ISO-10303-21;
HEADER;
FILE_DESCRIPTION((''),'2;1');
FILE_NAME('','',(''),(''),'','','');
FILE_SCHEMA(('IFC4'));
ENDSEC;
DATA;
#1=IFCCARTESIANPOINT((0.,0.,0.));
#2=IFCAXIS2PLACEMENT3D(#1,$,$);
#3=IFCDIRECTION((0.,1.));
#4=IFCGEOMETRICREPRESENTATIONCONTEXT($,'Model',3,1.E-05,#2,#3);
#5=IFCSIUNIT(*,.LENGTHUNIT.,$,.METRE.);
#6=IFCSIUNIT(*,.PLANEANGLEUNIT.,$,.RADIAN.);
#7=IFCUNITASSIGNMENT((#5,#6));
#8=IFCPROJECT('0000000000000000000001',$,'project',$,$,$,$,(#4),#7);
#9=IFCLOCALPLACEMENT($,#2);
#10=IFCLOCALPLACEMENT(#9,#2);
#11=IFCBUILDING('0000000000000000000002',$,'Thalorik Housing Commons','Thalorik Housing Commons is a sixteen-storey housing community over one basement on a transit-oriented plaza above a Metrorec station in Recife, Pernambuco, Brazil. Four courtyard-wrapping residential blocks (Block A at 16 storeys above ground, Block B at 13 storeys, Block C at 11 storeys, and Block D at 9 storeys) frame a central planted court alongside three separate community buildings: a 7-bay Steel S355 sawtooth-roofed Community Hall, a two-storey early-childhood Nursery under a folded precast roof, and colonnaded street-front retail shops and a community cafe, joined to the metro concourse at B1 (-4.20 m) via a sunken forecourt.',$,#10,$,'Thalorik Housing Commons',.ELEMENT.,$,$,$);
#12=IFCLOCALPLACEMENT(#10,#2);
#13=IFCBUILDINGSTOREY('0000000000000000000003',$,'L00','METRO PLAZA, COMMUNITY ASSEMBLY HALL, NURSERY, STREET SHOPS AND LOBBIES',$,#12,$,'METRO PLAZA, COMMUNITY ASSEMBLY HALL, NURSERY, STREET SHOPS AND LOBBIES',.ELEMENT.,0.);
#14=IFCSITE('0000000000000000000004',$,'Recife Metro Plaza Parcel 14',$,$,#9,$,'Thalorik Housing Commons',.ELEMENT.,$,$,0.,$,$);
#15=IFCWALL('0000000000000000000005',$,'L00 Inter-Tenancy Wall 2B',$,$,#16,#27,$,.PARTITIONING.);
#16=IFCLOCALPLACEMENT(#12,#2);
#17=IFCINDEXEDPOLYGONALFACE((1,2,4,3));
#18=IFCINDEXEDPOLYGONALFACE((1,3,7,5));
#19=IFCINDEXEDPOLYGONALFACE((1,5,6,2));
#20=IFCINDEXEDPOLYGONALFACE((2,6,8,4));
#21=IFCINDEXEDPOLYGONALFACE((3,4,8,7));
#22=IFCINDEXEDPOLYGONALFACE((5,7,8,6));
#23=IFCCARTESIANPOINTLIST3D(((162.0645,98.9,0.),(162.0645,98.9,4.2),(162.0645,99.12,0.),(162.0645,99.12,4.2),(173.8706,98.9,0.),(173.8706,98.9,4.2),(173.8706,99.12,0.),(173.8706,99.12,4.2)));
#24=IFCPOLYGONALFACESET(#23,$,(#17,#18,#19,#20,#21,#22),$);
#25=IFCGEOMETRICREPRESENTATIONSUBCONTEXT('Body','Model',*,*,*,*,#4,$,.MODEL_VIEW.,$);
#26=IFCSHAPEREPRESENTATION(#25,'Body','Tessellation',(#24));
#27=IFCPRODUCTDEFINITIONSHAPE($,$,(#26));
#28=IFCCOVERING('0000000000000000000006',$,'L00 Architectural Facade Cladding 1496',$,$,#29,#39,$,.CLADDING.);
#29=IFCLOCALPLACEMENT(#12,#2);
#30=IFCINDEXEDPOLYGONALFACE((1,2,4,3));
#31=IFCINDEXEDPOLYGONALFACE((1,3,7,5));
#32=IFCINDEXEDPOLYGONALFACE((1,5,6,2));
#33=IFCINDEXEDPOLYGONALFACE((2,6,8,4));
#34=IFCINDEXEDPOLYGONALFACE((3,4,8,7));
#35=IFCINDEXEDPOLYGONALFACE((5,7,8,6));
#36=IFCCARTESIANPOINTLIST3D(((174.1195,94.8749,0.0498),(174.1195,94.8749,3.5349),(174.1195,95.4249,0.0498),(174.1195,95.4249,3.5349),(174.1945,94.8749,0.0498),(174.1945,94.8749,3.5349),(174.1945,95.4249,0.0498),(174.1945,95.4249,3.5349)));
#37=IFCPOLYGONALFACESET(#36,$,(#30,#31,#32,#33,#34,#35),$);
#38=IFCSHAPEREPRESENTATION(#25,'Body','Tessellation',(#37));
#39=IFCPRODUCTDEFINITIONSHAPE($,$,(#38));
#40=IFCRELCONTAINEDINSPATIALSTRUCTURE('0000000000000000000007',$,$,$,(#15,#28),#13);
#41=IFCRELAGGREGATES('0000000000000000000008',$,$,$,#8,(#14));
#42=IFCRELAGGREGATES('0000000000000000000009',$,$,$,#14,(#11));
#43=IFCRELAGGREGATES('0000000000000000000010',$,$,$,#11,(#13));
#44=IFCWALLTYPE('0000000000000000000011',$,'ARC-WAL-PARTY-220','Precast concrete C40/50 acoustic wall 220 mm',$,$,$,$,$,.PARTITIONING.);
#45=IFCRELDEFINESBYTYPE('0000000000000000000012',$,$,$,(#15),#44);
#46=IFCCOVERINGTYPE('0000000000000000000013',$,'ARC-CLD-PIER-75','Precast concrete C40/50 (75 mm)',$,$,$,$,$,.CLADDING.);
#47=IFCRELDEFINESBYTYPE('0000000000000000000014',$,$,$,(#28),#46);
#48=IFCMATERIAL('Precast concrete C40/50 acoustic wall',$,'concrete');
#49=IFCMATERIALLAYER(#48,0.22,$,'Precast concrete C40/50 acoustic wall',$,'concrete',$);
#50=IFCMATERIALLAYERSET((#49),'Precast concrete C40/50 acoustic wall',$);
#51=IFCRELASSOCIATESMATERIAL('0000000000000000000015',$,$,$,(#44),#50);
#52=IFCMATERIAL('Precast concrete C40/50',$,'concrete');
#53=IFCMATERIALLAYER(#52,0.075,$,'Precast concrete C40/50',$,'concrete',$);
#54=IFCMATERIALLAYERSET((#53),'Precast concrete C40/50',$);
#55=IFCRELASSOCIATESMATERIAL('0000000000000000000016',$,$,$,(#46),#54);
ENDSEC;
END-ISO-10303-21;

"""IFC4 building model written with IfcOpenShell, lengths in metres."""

from ifc_helpers import new_model, si_unit, direction, frame, frame_2d, origin, origin_2d, place, context, subcontext, project, spatial, rectangle, extrude, material, layer, layer_set, type_object, element, save


model = new_model("IFC4")

# Units and contexts
model_context = context("Model", 3, precision=1e-05, world=origin(), true_north=direction((0.0, 1.0)))
body_context = subcontext(model_context, "Body", "Model", "MODEL_VIEW")
ifc_project = project(units=[si_unit("LENGTHUNIT", "METRE"), si_unit("PLANEANGLEUNIT", "RADIAN")], contexts=[model_context])

# Site, building, storey
site_placement = place(None, origin())
site = spatial("IfcSite", under=ifc_project, at=site_placement, Name="Recife Metro Plaza Parcel 14", LongName="Thalorik Housing Commons", CompositionType="ELEMENT", RefElevation=0.0)
building_placement = place(site_placement, origin())
building = spatial("IfcBuilding", under=site, at=building_placement, Name="Thalorik Housing Commons", Description="Thalorik Housing Commons is a sixteen-storey housing community over one basement on a transit-oriented plaza above a Metrorec station in Recife, Pernambuco, Brazil. Four courtyard-wrapping residential blocks (Block A at 16 storeys above ground, Block B at 13 storeys, Block C at 11 storeys, and Block D at 9 storeys) frame a central planted court alongside three separate community buildings: a 7-bay Steel S355 sawtooth-roofed Community Hall, a two-storey early-childhood Nursery under a folded precast roof, and colonnaded street-front retail shops and a community cafe, joined to the metro concourse at B1 (-4.20 m) via a sunken forecourt.", LongName="Thalorik Housing Commons", CompositionType="ELEMENT")
storey_placement = place(building_placement, origin())
storey = spatial("IfcBuildingStorey", under=building, at=storey_placement, Name="L00", Description="METRO PLAZA, COMMUNITY ASSEMBLY HALL, NURSERY, STREET SHOPS AND LOBBIES", LongName="METRO PLAZA, COMMUNITY ASSEMBLY HALL, NURSERY, STREET SHOPS AND LOBBIES", CompositionType="ELEMENT", Elevation=0.0)

# Shared definitions
ifc_material_1 = material(Name="Precast concrete C40/50", Category="concrete")

# Wall
ifc_material_2 = material(Name="Precast concrete C40/50 acoustic wall", Category="concrete")
ifc_layer_1 = layer(ifc_material_2, 0.22, Name="Precast concrete C40/50 acoustic wall", Category="concrete")
ifc_layer_set_1 = layer_set([ifc_layer_1], Name="Precast concrete C40/50 acoustic wall")
wall_type_1 = type_object("IfcWallType", Name="ARC-WAL-PARTY-220", Description="Precast concrete C40/50 acoustic wall 220 mm", PredefinedType="PARTITIONING", material=ifc_layer_set_1)
wall_1_placement = place(storey_placement, frame((162.0645, 99.01, 0.0), z_axis=(0.0, 0.0, 1.0), x_axis=(1.0, 0.0, 0.0)))
element("IfcWall", 1, at=wall_1_placement, inside=storey, type_object=wall_type_1, Name="L00 Inter-Tenancy Wall 2B", PredefinedType="PARTITIONING", context=body_context, shape_type="SweptSolid", body=[
    extrude(rectangle(XDim=11.8062, YDim=0.22, at=frame_2d((5.9031, 0.0))), origin(), (0.0, 0.0, 1.0), 4.2),
])

# Covering
ifc_layer_2 = layer(ifc_material_1, 0.075, Name="Precast concrete C40/50", Category="concrete")
ifc_layer_set_2 = layer_set([ifc_layer_2], Name="Precast concrete C40/50")
covering_type = type_object("IfcCoveringType", Name="ARC-CLD-PIER-75", Description="Precast concrete C40/50 (75 mm)", PredefinedType="CLADDING", material=ifc_layer_set_2)
covering_placement = place(storey_placement, frame((174.157, 95.1499, 0.0498), z_axis=(0.0, 0.0, 1.0), x_axis=(0.0, 1.0, 0.0)))
element("IfcCovering", 2, at=covering_placement, inside=storey, type_object=covering_type, Name="L00 Architectural Facade Cladding 1496", PredefinedType="CLADDING", context=body_context, shape_type="SweptSolid", body=[
    extrude(rectangle(XDim=0.55, YDim=0.075, at=origin_2d()), origin(), (0.0, 0.0, 1.0), 3.4851),
])

save(model, "model.ifc")
